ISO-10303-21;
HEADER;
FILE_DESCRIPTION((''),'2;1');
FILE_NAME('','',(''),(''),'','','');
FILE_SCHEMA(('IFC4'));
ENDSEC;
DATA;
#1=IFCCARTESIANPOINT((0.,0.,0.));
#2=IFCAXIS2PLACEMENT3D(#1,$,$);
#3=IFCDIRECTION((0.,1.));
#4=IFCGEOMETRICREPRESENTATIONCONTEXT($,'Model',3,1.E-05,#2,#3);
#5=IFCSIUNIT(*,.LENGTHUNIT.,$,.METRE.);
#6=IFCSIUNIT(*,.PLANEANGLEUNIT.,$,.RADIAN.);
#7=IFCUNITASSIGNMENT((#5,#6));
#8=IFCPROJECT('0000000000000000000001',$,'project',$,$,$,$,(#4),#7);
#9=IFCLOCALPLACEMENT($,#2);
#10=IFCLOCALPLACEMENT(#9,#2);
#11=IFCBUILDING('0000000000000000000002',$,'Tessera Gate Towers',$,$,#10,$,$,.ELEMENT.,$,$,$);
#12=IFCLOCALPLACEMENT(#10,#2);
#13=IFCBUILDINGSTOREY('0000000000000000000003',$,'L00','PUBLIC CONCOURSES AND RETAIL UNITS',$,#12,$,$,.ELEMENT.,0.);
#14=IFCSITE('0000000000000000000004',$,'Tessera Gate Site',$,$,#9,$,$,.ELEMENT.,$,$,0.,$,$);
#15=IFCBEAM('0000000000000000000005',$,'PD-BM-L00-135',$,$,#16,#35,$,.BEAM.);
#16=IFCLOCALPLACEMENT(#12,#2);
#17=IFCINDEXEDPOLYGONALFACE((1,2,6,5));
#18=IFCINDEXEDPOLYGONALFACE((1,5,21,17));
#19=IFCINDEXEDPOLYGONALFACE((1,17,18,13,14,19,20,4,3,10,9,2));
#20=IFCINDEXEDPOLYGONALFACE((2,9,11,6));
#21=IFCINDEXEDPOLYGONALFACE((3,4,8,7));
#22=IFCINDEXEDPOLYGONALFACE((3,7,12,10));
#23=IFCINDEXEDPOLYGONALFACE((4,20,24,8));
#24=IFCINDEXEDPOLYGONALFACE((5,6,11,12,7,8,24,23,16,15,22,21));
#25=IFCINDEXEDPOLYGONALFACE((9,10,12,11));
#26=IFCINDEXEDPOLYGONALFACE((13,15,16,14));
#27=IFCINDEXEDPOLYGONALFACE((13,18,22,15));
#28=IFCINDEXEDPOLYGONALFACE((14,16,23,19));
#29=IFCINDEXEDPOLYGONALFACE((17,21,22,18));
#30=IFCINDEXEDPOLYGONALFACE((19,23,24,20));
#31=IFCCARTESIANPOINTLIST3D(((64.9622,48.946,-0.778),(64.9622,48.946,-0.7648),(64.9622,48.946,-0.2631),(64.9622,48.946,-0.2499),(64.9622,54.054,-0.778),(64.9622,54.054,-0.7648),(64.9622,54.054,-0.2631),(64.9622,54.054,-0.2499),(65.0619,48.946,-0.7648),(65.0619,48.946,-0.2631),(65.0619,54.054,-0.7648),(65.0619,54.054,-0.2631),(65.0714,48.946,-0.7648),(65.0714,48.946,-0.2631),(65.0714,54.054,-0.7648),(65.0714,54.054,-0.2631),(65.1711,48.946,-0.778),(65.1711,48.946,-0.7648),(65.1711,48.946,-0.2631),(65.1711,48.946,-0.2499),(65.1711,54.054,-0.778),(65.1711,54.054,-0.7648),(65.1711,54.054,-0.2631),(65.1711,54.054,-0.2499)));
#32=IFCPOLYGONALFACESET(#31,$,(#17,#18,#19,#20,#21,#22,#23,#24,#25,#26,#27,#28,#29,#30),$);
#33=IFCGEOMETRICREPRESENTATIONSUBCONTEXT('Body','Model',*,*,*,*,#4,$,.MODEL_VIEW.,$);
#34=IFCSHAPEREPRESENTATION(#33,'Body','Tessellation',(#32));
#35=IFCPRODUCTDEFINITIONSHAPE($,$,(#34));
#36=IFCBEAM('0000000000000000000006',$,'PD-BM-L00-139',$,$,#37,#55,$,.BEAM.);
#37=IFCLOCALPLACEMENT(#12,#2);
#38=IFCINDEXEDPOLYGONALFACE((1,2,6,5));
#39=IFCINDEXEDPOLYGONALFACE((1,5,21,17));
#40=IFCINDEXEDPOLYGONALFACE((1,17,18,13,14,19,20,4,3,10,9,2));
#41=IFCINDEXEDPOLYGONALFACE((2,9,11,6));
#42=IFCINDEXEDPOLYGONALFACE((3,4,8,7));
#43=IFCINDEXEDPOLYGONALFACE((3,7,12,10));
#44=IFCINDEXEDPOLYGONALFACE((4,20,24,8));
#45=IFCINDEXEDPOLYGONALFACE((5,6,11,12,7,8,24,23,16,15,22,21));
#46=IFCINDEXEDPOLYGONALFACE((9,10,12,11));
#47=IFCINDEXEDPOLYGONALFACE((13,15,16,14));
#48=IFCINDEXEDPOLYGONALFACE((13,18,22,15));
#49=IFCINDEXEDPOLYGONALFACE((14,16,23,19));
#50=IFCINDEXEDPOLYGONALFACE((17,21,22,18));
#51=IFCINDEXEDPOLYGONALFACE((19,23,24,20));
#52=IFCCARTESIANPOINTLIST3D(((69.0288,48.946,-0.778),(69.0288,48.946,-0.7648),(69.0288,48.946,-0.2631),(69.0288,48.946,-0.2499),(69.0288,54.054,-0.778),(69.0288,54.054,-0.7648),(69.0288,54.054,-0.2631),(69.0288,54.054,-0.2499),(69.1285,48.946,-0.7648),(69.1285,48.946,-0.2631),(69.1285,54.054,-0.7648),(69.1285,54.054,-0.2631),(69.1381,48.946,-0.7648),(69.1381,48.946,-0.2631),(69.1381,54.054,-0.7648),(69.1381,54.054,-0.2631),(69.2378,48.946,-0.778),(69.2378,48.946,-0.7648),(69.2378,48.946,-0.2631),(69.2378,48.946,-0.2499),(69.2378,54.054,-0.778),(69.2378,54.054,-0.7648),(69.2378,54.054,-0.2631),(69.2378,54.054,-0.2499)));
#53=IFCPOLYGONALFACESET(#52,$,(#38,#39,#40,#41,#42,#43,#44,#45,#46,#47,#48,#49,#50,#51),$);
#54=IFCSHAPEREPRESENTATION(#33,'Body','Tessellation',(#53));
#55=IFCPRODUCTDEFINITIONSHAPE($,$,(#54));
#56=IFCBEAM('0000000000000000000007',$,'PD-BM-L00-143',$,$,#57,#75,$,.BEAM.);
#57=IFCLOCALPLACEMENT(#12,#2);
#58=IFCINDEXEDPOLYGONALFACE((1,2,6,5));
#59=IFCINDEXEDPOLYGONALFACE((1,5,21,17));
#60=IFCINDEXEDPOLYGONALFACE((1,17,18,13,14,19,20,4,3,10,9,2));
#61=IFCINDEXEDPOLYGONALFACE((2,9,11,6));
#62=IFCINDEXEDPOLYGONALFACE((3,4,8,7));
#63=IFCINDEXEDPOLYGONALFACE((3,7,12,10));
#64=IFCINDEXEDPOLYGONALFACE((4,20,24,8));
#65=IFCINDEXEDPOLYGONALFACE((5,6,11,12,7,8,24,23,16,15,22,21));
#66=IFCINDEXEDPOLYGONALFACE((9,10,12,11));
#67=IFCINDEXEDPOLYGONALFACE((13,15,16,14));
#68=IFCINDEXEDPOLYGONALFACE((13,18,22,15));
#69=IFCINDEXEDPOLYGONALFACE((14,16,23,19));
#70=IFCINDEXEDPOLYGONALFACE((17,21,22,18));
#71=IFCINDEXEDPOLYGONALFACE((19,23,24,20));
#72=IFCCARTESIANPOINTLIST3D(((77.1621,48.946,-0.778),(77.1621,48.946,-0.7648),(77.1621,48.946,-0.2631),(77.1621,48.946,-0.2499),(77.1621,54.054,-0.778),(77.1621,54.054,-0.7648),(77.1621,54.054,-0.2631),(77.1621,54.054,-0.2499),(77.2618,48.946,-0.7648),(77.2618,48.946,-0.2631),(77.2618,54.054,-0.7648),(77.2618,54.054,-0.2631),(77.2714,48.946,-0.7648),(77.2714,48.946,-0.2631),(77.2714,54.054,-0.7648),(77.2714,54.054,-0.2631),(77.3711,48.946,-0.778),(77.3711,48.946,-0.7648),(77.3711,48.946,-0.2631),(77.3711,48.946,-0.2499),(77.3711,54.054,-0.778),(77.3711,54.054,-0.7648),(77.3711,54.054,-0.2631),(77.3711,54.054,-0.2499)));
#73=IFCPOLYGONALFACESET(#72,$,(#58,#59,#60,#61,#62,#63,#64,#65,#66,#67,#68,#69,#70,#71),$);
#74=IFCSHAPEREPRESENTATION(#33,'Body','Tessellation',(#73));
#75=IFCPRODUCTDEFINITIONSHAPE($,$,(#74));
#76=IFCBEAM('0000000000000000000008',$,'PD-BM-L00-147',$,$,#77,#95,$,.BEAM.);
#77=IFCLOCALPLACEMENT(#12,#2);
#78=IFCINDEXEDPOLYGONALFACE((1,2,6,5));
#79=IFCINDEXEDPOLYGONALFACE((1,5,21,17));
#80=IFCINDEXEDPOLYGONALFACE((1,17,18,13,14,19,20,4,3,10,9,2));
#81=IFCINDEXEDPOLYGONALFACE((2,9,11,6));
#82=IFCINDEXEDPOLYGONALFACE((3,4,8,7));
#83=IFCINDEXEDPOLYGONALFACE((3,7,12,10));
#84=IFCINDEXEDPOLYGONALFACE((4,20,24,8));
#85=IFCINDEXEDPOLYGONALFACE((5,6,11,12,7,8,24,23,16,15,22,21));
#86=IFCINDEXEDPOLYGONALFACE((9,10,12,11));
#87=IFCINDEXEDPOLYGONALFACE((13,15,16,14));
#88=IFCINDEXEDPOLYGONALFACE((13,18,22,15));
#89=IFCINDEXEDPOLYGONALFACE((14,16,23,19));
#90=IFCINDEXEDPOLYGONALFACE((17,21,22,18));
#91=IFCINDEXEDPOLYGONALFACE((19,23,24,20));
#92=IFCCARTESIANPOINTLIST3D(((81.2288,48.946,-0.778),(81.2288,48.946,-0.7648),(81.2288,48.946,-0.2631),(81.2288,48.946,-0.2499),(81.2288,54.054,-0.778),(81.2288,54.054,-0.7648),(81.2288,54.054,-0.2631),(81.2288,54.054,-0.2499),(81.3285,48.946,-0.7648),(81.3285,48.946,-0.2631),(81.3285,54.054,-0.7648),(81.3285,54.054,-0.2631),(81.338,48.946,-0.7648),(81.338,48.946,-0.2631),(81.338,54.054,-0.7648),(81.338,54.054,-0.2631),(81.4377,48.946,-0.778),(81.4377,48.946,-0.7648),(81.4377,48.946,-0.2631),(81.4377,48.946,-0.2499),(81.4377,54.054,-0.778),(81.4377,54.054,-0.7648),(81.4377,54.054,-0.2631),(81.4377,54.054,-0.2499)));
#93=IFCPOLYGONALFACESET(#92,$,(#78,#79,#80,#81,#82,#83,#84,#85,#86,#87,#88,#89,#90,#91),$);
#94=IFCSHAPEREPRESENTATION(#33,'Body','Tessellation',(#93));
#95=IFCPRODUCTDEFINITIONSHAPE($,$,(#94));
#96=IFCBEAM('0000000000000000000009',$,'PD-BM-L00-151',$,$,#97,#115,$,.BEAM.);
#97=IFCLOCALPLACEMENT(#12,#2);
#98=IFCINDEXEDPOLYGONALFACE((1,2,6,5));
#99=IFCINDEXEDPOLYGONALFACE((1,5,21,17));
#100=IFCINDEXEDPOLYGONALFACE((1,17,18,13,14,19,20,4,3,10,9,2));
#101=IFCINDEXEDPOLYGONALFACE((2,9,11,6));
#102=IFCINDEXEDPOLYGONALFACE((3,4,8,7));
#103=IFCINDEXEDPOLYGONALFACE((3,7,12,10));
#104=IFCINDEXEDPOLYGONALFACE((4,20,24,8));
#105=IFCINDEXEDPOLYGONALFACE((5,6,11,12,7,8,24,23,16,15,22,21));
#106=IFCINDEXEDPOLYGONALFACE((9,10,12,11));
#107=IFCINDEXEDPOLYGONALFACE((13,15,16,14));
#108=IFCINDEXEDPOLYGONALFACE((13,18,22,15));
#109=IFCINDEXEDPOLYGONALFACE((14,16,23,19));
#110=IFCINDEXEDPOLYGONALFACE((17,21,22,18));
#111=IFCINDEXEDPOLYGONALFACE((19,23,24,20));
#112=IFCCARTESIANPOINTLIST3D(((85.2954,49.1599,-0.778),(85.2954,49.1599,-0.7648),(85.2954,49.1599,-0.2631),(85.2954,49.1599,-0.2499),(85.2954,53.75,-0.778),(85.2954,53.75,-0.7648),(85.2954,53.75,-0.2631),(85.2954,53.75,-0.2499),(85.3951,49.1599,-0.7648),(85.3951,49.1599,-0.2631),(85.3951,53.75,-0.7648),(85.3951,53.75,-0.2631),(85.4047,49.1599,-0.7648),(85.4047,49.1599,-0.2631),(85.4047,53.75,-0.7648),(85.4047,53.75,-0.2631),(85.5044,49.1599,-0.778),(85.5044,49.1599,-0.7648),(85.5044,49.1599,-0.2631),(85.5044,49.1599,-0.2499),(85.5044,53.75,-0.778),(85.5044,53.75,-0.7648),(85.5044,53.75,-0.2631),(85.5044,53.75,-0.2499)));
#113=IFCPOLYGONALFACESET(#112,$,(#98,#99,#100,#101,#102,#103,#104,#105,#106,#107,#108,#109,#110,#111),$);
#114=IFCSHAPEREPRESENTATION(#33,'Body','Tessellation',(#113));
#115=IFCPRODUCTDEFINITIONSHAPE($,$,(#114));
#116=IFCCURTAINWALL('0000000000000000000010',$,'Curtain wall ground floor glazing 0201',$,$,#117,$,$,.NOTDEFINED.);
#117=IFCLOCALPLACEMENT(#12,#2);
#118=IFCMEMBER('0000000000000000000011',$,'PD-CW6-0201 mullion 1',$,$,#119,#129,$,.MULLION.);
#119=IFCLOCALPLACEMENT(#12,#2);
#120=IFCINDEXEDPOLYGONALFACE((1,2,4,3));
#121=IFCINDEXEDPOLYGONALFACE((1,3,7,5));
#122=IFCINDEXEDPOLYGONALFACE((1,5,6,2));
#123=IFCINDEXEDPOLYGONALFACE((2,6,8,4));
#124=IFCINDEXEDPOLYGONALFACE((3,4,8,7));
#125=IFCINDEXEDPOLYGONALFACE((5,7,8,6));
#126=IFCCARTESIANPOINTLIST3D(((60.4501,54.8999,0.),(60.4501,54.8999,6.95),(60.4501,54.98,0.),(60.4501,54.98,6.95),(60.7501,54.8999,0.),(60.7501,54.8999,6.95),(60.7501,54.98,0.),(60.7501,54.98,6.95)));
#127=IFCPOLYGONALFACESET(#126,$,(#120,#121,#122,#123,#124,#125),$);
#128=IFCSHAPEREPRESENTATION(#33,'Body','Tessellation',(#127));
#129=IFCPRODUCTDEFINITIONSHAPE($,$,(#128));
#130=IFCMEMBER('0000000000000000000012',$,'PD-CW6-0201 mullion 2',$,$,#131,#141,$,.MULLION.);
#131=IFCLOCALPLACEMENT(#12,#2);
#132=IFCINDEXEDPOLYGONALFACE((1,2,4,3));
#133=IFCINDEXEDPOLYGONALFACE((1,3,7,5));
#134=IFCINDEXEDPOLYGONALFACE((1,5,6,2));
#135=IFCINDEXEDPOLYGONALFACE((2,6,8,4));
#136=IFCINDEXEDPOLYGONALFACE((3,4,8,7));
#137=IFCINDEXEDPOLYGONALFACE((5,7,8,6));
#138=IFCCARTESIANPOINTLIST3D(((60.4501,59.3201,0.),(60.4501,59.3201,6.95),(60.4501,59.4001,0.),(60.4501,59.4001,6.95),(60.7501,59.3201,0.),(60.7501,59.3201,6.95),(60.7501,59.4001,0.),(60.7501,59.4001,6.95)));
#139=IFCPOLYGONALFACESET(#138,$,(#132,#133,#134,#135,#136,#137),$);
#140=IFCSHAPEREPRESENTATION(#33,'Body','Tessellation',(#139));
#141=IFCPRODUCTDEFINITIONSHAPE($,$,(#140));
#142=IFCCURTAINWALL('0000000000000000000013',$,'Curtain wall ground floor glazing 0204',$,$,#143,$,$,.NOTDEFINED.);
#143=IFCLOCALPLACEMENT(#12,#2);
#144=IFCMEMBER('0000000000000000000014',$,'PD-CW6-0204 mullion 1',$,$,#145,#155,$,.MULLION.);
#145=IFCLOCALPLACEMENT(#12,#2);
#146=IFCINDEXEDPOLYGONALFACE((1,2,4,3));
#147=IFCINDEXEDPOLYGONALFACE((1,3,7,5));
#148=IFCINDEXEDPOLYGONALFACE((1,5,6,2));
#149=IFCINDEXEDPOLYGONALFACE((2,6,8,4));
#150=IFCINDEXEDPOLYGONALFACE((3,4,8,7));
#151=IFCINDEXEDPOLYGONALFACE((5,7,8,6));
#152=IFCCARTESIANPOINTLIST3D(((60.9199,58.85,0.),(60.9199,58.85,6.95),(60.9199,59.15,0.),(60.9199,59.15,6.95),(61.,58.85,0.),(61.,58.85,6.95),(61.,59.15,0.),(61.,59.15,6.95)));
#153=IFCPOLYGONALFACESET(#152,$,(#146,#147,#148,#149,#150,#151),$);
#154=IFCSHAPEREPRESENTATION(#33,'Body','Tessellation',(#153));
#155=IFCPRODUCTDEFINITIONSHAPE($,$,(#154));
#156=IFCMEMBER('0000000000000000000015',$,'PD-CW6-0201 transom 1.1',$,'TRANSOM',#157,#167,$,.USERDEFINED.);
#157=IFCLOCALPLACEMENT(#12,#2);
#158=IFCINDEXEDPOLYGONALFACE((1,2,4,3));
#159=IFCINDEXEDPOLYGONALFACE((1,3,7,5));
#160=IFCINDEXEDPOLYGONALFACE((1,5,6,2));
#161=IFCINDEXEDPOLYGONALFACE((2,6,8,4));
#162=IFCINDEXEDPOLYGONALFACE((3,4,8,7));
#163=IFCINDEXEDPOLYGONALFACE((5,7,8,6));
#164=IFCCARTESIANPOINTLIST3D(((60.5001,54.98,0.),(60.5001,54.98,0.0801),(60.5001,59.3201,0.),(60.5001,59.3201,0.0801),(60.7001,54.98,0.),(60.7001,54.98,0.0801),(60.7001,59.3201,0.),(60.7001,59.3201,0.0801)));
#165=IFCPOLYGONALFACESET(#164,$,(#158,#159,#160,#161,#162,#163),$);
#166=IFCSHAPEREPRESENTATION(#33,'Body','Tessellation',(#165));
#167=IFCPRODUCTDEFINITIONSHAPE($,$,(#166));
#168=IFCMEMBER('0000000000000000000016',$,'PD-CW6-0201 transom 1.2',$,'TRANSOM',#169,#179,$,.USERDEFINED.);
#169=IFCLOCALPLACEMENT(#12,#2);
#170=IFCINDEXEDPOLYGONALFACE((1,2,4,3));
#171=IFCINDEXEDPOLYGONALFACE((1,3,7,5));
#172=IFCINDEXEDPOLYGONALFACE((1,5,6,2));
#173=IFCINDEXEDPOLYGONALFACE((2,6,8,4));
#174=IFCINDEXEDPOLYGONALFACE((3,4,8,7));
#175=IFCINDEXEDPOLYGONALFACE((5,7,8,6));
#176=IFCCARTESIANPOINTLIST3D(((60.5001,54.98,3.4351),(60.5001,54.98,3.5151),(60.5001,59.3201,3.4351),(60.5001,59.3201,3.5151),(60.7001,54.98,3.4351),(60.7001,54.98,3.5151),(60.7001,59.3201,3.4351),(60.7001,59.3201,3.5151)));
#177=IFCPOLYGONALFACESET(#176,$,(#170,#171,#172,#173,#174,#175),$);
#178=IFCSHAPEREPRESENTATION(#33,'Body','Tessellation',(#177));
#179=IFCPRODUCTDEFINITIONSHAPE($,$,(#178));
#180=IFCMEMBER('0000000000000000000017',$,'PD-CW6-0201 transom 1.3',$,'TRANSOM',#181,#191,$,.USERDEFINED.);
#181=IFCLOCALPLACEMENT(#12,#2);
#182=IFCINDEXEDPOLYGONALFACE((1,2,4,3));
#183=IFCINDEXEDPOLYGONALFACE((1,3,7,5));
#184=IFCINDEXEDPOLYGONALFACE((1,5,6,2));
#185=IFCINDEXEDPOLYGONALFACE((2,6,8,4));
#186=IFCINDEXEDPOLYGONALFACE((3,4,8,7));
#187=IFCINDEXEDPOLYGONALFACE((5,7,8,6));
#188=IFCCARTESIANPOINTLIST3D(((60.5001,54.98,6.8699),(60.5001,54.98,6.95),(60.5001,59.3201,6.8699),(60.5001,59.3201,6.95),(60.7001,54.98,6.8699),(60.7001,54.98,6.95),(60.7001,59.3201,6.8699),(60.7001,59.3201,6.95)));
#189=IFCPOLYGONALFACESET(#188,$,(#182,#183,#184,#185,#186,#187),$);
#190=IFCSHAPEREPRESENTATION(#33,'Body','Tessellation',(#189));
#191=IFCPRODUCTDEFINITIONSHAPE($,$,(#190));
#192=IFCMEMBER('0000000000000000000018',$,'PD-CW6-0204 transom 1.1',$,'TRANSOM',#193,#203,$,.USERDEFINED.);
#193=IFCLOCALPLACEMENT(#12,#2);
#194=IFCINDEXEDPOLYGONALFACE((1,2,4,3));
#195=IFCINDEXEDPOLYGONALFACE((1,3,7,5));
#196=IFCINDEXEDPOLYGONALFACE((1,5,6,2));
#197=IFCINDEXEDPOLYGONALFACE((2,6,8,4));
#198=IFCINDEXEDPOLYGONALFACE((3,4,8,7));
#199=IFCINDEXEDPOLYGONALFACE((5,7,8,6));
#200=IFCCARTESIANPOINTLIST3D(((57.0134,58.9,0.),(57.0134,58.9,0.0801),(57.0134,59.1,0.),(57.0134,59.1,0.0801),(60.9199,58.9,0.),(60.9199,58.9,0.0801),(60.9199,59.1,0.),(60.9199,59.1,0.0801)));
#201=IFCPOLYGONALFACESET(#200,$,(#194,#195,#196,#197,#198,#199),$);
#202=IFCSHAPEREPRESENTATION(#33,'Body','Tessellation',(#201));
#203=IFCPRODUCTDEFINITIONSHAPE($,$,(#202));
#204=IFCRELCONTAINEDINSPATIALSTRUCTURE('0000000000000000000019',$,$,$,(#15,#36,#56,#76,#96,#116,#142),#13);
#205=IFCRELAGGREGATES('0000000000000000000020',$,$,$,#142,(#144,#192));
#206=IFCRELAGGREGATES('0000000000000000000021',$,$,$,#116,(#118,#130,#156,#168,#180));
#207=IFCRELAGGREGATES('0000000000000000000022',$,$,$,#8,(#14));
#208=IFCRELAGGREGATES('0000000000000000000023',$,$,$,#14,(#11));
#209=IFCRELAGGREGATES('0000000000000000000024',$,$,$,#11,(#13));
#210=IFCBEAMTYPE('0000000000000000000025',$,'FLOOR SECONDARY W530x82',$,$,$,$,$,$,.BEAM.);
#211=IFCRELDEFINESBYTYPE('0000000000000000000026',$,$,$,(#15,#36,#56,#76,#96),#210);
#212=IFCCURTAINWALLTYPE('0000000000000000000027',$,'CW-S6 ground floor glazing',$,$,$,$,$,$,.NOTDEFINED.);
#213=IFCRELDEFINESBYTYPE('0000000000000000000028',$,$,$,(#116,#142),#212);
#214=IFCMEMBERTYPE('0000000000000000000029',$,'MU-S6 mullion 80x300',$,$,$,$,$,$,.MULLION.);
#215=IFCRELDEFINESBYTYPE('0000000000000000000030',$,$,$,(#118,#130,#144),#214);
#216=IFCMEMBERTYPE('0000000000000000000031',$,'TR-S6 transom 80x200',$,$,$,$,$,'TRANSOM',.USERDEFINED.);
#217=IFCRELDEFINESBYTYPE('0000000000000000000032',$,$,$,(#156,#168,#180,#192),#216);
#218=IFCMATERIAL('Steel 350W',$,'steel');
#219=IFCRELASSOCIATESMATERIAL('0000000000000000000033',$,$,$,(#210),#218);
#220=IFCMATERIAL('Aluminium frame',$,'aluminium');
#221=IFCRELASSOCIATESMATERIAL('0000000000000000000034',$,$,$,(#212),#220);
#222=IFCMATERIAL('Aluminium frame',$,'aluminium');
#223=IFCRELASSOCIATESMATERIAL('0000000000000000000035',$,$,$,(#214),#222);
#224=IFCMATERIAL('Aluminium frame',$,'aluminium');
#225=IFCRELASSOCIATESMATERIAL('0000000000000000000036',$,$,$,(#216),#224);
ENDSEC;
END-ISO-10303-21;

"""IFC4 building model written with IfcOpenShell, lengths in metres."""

from ifc_helpers import new_model, si_unit, direction, frame, origin, origin_2d, place, context, subcontext, project, spatial, rectangle, i_section, extrude, material, material_profile, profile_set, type_object, element, aggregate, save


model = new_model("IFC4")

# Units and contexts
model_context = context("Model", 3, precision=1e-05, world=origin(), true_north=direction((0.0, 1.0)))
body_context = subcontext(model_context, "Body", "Model", "MODEL_VIEW")
ifc_project = project(units=[si_unit("LENGTHUNIT", "METRE"), si_unit("PLANEANGLEUNIT", "RADIAN")], contexts=[model_context])

# Site, building, storey
site_placement = place(None, origin())
site = spatial("IfcSite", under=ifc_project, at=site_placement, Name="Tessera Gate Site", CompositionType="ELEMENT", RefElevation=0.0)
building_placement = place(site_placement, origin())
building = spatial("IfcBuilding", under=site, at=building_placement, Name="Tessera Gate Towers", CompositionType="ELEMENT")
storey_placement = place(building_placement, origin())
storey = spatial("IfcBuildingStorey", under=building, at=storey_placement, Name="L00", Description="PUBLIC CONCOURSES AND RETAIL UNITS", CompositionType="ELEMENT", Elevation=0.0)

# Beams
ifc_material_1 = material(Name="Steel 350W", Category="steel")
ifc_material_profile_1 = material_profile(ifc_material_1, i_section(OverallWidth=0.209, OverallDepth=0.5281, WebThickness=0.0095, FlangeThickness=0.0132, at=origin_2d()), Name="W530x82")
ifc_profile_set_1 = profile_set([ifc_material_profile_1], Name="Steel 350W")
beam_type_1 = type_object("IfcBeamType", Name="FLOOR SECONDARY W530x82", PredefinedType="BEAM", material=ifc_profile_set_1)
for number, where, z_axis, x_axis, name in (
    (1, (65.0667, 48.946, -0.5139), (0.0, 1.0, 0.0), (-1.0, 0.0, 0.0), "PD-BM-L00-135"),
    (2, (69.1333, 48.946, -0.5139), (0.0, 1.0, 0.0), (-1.0, 0.0, 0.0), "PD-BM-L00-139"),
    (3, (77.2666, 48.946, -0.5139), (0.0, 1.0, 0.0), (-1.0, 0.0, 0.0), "PD-BM-L00-143"),
    (4, (81.3333, 48.946, -0.5139), (0.0, 1.0, 0.0), (-1.0, 0.0, 0.0), "PD-BM-L00-147"),
):
    element("IfcBeam", number, at=place(storey_placement, frame(where, z_axis=z_axis, x_axis=x_axis)), inside=storey, type_object=beam_type_1, Name=name, PredefinedType="BEAM", context=body_context, shape_type="SweptSolid", body=[
        extrude(i_section(OverallWidth=0.209, OverallDepth=0.5281, WebThickness=0.0095, FlangeThickness=0.0132, at=origin_2d()), origin(), (0.0, 0.0, 1.0), 5.1079),
    ])
beam_1_placement = place(storey_placement, frame((85.3999, 49.1599, -0.5139), z_axis=(0.0, 1.0, 0.0), x_axis=(-1.0, 0.0, 0.0)))
element("IfcBeam", 5, at=beam_1_placement, inside=storey, type_object=beam_type_1, Name="PD-BM-L00-151", PredefinedType="BEAM", context=body_context, shape_type="SweptSolid", body=[
    extrude(i_section(OverallWidth=0.209, OverallDepth=0.5281, WebThickness=0.0095, FlangeThickness=0.0132, at=origin_2d()), origin(), (0.0, 0.0, 1.0), 4.5901),
])

# Curtain wall, members
ifc_material_2 = material(Name="Aluminium frame", Category="aluminium")
curtain_wall_type = type_object("IfcCurtainWallType", Name="CW-S6 ground floor glazing", PredefinedType="NOTDEFINED", material=ifc_material_2)
curtain_wall_1_placement = place(storey_placement, origin())
curtain_wall_1 = element("IfcCurtainWall", 6, at=curtain_wall_1_placement, inside=storey, type_object=curtain_wall_type, Name="Curtain wall ground floor glazing 0201", PredefinedType="NOTDEFINED")
ifc_material_3 = material(Name="Aluminium frame", Category="aluminium")
ifc_material_profile_2 = material_profile(ifc_material_3, rectangle(XDim=0.0801, YDim=0.3, at=origin_2d()), Name="AL 80x300")
ifc_profile_set_2 = profile_set([ifc_material_profile_2], Name="Aluminium frame")
member_type_1 = type_object("IfcMemberType", Name="MU-S6 mullion 80x300", PredefinedType="MULLION", material=ifc_profile_set_2)
member_1_placement = place(storey_placement, frame((60.6001, 54.9399, 0.0), z_axis=(0.0, 0.0, 1.0), x_axis=(0.0, 1.0, 0.0)))
member_1 = element("IfcMember", 7, at=member_1_placement, type_object=member_type_1, Name="PD-CW6-0201 mullion 1", PredefinedType="MULLION", context=body_context, shape_type="SweptSolid", body=[
    extrude(rectangle(XDim=0.0801, YDim=0.3, at=origin_2d()), origin(), (0.0, 0.0, 1.0), 6.95),
])
member_2_placement = place(storey_placement, frame((60.6001, 59.3601, 0.0), z_axis=(0.0, 0.0, 1.0), x_axis=(0.0, 1.0, 0.0)))
member_2 = element("IfcMember", 8, at=member_2_placement, type_object=member_type_1, Name="PD-CW6-0201 mullion 2", PredefinedType="MULLION", context=body_context, shape_type="SweptSolid", body=[
    extrude(rectangle(XDim=0.0801, YDim=0.3, at=origin_2d()), origin(), (0.0, 0.0, 1.0), 6.95),
])

# Curtain wall, member
curtain_wall_2_placement = place(storey_placement, origin())
curtain_wall_2 = element("IfcCurtainWall", 9, at=curtain_wall_2_placement, inside=storey, type_object=curtain_wall_type, Name="Curtain wall ground floor glazing 0204", PredefinedType="NOTDEFINED")
member_3_placement = place(storey_placement, frame((60.96, 59.0, 0.0), z_axis=(0.0, 0.0, 1.0), x_axis=(-1.0, 0.0, 0.0)))
member_3 = element("IfcMember", 10, at=member_3_placement, type_object=member_type_1, Name="PD-CW6-0204 mullion 1", PredefinedType="MULLION", context=body_context, shape_type="SweptSolid", body=[
    extrude(rectangle(XDim=0.0801, YDim=0.3, at=origin_2d()), origin(), (0.0, 0.0, 1.0), 6.95),
])

# Members
ifc_material_4 = material(Name="Aluminium frame", Category="aluminium")
ifc_material_profile_3 = material_profile(ifc_material_4, rectangle(XDim=0.2, YDim=0.0801, at=origin_2d()), Name="AL 80x200")
ifc_profile_set_3 = profile_set([ifc_material_profile_3], Name="Aluminium frame")
member_type_2 = type_object("IfcMemberType", Name="TR-S6 transom 80x200", ElementType="TRANSOM", PredefinedType="USERDEFINED", material=ifc_profile_set_3)
member_4_placement = place(storey_placement, frame((60.6001, 54.98, 0.04), z_axis=(0.0, 1.0, 0.0), x_axis=(-1.0, 0.0, 0.0)))
member_4 = element("IfcMember", 11, at=member_4_placement, type_object=member_type_2, Name="PD-CW6-0201 transom 1.1", ObjectType="TRANSOM", PredefinedType="USERDEFINED", context=body_context, shape_type="SweptSolid", body=[
    extrude(rectangle(XDim=0.2, YDim=0.0801, at=origin_2d()), origin(), (0.0, 0.0, 1.0), 4.3401),
])
member_5_placement = place(storey_placement, frame((60.6001, 54.98, 3.4751), z_axis=(0.0, 1.0, 0.0), x_axis=(-1.0, 0.0, 0.0)))
member_5 = element("IfcMember", 12, at=member_5_placement, type_object=member_type_2, Name="PD-CW6-0201 transom 1.2", ObjectType="TRANSOM", PredefinedType="USERDEFINED", context=body_context, shape_type="SweptSolid", body=[
    extrude(rectangle(XDim=0.2, YDim=0.0801, at=origin_2d()), origin(), (0.0, 0.0, 1.0), 4.3401),
])
member_6_placement = place(storey_placement, frame((60.6001, 54.98, 6.9099), z_axis=(0.0, 1.0, 0.0), x_axis=(-1.0, 0.0, 0.0)))
member_6 = element("IfcMember", 13, at=member_6_placement, type_object=member_type_2, Name="PD-CW6-0201 transom 1.3", ObjectType="TRANSOM", PredefinedType="USERDEFINED", context=body_context, shape_type="SweptSolid", body=[
    extrude(rectangle(XDim=0.2, YDim=0.0801, at=origin_2d()), origin(), (0.0, 0.0, 1.0), 4.3401),
])
member_7_placement = place(storey_placement, frame((60.9199, 59.0, 0.04), z_axis=(-1.0, 0.0, 0.0), x_axis=(0.0, -1.0, 0.0)))
member_7 = element("IfcMember", 14, at=member_7_placement, type_object=member_type_2, Name="PD-CW6-0204 transom 1.1", ObjectType="TRANSOM", PredefinedType="USERDEFINED", context=body_context, shape_type="SweptSolid", body=[
    extrude(rectangle(XDim=0.2, YDim=0.0801, at=origin_2d()), origin(), (0.0, 0.0, 1.0), 3.9065),
])
aggregate(curtain_wall_2, [member_3, member_7])

aggregate(curtain_wall_1, [member_1, member_2, member_4, member_5, member_6])

save(model, "model.ifc")
